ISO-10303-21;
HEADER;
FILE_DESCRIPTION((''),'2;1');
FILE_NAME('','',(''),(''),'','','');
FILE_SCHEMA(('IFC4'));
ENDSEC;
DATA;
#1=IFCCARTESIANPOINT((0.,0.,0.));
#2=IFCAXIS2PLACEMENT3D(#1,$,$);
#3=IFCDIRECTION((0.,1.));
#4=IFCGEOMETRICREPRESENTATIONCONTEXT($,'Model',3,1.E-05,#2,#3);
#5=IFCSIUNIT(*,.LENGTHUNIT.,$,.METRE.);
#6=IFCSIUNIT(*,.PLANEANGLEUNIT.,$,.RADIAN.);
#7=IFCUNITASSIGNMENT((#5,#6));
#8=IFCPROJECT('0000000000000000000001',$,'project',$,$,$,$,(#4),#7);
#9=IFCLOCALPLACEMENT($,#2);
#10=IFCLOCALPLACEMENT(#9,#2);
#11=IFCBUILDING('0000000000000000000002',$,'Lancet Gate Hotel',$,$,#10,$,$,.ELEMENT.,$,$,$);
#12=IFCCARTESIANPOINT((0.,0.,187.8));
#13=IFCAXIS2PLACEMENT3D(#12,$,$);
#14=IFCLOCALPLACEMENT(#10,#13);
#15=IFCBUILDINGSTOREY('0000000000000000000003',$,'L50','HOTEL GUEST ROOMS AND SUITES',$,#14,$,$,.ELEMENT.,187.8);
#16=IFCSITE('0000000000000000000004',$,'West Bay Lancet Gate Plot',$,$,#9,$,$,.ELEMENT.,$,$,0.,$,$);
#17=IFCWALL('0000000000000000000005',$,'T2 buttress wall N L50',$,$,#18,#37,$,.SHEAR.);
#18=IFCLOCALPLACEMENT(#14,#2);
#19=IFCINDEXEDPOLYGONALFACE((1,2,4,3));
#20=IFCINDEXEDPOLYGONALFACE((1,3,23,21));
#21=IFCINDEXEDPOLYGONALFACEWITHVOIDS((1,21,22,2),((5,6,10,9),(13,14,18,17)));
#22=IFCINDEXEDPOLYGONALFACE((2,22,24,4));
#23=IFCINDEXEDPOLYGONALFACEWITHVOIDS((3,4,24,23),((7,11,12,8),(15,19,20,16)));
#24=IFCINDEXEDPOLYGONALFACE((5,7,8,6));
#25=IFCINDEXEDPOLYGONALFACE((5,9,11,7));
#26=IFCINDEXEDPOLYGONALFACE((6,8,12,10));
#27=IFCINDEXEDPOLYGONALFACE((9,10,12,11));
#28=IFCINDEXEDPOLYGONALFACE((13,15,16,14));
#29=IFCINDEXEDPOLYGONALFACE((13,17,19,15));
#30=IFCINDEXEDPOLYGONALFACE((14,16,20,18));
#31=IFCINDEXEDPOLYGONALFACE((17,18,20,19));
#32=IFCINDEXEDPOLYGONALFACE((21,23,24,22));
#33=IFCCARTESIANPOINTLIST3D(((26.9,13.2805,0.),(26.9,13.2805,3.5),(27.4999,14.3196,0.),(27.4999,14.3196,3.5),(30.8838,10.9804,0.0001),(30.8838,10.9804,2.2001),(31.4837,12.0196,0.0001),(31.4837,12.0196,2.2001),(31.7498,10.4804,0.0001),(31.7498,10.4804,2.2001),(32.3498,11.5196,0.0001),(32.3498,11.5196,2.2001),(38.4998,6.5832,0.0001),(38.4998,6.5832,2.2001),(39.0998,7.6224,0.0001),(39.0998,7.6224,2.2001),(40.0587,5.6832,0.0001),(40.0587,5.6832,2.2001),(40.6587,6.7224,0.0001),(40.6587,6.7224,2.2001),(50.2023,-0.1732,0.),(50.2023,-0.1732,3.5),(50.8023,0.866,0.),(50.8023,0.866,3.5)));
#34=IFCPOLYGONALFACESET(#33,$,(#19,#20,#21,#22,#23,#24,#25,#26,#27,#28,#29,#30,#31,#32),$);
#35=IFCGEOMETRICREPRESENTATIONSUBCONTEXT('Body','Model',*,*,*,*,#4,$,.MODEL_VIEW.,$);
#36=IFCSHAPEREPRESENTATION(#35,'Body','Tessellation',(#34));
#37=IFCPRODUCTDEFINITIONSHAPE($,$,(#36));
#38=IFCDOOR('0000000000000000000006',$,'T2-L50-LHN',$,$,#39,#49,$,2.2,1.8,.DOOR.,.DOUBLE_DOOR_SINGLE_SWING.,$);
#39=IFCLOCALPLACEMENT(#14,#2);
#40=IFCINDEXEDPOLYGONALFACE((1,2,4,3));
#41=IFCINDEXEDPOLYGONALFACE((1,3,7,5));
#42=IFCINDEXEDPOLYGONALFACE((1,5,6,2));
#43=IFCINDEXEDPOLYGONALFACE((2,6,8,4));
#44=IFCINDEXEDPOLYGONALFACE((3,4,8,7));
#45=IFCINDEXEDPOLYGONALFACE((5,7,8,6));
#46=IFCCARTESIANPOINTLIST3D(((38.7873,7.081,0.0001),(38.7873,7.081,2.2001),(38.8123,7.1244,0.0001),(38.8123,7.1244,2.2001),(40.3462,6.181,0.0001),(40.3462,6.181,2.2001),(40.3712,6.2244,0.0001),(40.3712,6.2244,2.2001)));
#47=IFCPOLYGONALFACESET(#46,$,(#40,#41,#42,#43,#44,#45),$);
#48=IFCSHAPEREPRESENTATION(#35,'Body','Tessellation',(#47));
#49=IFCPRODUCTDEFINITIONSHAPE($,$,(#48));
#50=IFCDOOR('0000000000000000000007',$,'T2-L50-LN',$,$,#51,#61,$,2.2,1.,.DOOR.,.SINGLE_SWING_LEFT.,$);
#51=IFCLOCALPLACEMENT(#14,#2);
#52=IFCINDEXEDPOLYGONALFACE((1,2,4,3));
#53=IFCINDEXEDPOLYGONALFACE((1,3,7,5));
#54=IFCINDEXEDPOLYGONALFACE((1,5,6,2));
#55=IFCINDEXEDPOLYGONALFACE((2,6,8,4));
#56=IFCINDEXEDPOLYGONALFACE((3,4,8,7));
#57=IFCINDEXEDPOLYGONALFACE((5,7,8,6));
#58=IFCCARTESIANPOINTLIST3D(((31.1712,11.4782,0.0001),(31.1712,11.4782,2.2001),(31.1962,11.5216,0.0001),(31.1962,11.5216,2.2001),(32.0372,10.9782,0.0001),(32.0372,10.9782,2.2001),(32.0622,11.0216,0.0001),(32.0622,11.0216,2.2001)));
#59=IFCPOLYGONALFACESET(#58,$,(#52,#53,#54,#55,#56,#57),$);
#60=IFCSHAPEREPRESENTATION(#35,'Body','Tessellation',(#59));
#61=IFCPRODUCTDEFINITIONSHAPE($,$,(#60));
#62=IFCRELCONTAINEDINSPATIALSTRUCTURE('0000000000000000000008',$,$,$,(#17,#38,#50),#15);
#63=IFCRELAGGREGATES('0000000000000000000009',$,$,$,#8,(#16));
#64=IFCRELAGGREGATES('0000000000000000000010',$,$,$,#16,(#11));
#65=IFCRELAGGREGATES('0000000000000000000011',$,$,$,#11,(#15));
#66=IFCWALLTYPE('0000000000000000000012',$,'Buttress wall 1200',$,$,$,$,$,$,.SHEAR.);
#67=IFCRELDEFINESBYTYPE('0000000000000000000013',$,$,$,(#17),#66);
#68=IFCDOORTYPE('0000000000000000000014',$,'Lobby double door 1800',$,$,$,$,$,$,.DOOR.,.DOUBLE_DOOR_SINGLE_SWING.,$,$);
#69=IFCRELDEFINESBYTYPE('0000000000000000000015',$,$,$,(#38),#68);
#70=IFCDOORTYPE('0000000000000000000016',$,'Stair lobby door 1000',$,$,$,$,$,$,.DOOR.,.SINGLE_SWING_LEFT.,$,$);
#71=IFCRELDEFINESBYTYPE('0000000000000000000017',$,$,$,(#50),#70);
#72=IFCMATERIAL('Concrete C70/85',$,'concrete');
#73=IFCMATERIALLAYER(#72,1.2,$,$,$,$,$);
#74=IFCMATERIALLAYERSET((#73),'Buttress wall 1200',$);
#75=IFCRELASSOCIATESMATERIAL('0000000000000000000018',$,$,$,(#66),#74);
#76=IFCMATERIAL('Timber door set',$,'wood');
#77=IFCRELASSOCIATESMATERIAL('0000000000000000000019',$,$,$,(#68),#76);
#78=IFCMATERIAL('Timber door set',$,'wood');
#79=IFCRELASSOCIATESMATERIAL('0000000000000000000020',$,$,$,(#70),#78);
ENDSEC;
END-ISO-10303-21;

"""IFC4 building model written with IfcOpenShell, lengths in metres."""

from ifc_helpers import new_model, si_unit, direction, frame, frame_2d, origin, place, context, subcontext, project, spatial, rectangle, extrude, material, layer, layer_set, type_object, element, fill, save


model = new_model("IFC4")

# Units and contexts
model_context = context("Model", 3, precision=1e-05, world=origin(), true_north=direction((0.0, 1.0)))
body_context = subcontext(model_context, "Body", "Model", "MODEL_VIEW")
ifc_project = project(units=[si_unit("LENGTHUNIT", "METRE"), si_unit("PLANEANGLEUNIT", "RADIAN")], contexts=[model_context])

# Site, building, storey
site_placement = place(None, origin())
site = spatial("IfcSite", under=ifc_project, at=site_placement, Name="West Bay Lancet Gate Plot", CompositionType="ELEMENT", RefElevation=0.0)
building_placement = place(site_placement, origin())
building = spatial("IfcBuilding", under=site, at=building_placement, Name="Lancet Gate Hotel", CompositionType="ELEMENT")
storey_placement = place(building_placement, frame((0.0, 0.0, 187.8)))
storey = spatial("IfcBuildingStorey", under=building, at=storey_placement, Name="L50", Description="HOTEL GUEST ROOMS AND SUITES", CompositionType="ELEMENT", Elevation=187.8)

# Wall, openings, doors
ifc_material_1 = material(Name="Concrete C70/85", Category="concrete")
ifc_layer_1 = layer(ifc_material_1, 1.2)
ifc_layer_set_1 = layer_set([ifc_layer_1], Name="Buttress wall 1200")
wall_type = type_object("IfcWallType", Name="Buttress wall 1200", PredefinedType="SHEAR", material=ifc_layer_set_1)
wall_placement = place(storey_placement, frame((27.2, 13.8, 0.0), z_axis=(0.0, 0.0, 1.0), x_axis=(0.866025, -0.500002, 0.0)))
wall = element("IfcWall", 1, at=wall_placement, inside=storey, type_object=wall_type, Name="T2 buttress wall N L50", PredefinedType="SHEAR", context=body_context, shape_type="SweptSolid", body=[
    extrude(rectangle(XDim=26.9072, YDim=1.2, at=frame_2d((13.4536, 0.0))), origin(), (0.0, 0.0, 1.0), 3.5),
])
opening_1_placement = place(wall_placement, frame((4.6001, 0.0, 0.0)))
opening_1 = element("IfcOpeningElement", 2, at=opening_1_placement, cuts=wall, PredefinedType="OPENING", context=body_context, shape_type="SweptSolid", body=[
    extrude(rectangle(XDim=1.0, YDim=2.2, at=frame_2d((0.5, 1.1001))), frame((0.0, 0.6099, 0.0), z_axis=(0.0, -1.0, 0.0), x_axis=(1.0, 0.0, 0.0)), (0.0, 0.0, 1.0), 1.22),
])
opening_2_placement = place(wall_placement, frame((13.3945, 0.0, 0.0)))
opening_2 = element("IfcOpeningElement", 3, at=opening_2_placement, cuts=wall, PredefinedType="OPENING", context=body_context, shape_type="SweptSolid", body=[
    extrude(rectangle(XDim=1.8, YDim=2.2, at=frame_2d((0.8999, 1.1001))), frame((0.0, 0.6099, 0.0), z_axis=(0.0, -1.0, 0.0), x_axis=(1.0, 0.0, 0.0)), (0.0, 0.0, 1.0), 1.22),
])
ifc_material_2 = material(Name="Timber door set", Category="wood")
door_type_1 = type_object("IfcDoorType", Name="Lobby double door 1800", OperationType="DOUBLE_DOOR_SINGLE_SWING", PredefinedType="DOOR", material=ifc_material_2)
door_1_placement = place(opening_2_placement, origin())
door_1 = element("IfcDoor", 4, at=door_1_placement, inside=storey, type_object=door_type_1, Name="T2-L50-LHN", OperationType="DOUBLE_DOOR_SINGLE_SWING", OverallHeight=2.2, OverallWidth=1.8, PredefinedType="DOOR", context=body_context, shape_type="SweptSolid", body=[
    extrude(rectangle(XDim=1.8, YDim=2.2, at=frame_2d((0.8999, 1.1001))), frame((0.0, 0.0249, 0.0), z_axis=(0.0, -1.0, 0.0), x_axis=(1.0, 0.0, 0.0)), (0.0, 0.0, 1.0), 0.05),
])
fill(opening_2, door_1)
ifc_material_3 = material(Name="Timber door set", Category="wood")
door_type_2 = type_object("IfcDoorType", Name="Stair lobby door 1000", OperationType="SINGLE_SWING_LEFT", PredefinedType="DOOR", material=ifc_material_3)
door_2_placement = place(opening_1_placement, origin())
door_2 = element("IfcDoor", 5, at=door_2_placement, inside=storey, type_object=door_type_2, Name="T2-L50-LN", OperationType="SINGLE_SWING_LEFT", OverallHeight=2.2, OverallWidth=1.0, PredefinedType="DOOR", context=body_context, shape_type="SweptSolid", body=[
    extrude(rectangle(XDim=1.0, YDim=2.2, at=frame_2d((0.5, 1.1001))), frame((0.0, 0.0249, 0.0), z_axis=(0.0, -1.0, 0.0), x_axis=(1.0, 0.0, 0.0)), (0.0, 0.0, 1.0), 0.05),
])
fill(opening_1, door_2)

save(model, "model.ifc")
